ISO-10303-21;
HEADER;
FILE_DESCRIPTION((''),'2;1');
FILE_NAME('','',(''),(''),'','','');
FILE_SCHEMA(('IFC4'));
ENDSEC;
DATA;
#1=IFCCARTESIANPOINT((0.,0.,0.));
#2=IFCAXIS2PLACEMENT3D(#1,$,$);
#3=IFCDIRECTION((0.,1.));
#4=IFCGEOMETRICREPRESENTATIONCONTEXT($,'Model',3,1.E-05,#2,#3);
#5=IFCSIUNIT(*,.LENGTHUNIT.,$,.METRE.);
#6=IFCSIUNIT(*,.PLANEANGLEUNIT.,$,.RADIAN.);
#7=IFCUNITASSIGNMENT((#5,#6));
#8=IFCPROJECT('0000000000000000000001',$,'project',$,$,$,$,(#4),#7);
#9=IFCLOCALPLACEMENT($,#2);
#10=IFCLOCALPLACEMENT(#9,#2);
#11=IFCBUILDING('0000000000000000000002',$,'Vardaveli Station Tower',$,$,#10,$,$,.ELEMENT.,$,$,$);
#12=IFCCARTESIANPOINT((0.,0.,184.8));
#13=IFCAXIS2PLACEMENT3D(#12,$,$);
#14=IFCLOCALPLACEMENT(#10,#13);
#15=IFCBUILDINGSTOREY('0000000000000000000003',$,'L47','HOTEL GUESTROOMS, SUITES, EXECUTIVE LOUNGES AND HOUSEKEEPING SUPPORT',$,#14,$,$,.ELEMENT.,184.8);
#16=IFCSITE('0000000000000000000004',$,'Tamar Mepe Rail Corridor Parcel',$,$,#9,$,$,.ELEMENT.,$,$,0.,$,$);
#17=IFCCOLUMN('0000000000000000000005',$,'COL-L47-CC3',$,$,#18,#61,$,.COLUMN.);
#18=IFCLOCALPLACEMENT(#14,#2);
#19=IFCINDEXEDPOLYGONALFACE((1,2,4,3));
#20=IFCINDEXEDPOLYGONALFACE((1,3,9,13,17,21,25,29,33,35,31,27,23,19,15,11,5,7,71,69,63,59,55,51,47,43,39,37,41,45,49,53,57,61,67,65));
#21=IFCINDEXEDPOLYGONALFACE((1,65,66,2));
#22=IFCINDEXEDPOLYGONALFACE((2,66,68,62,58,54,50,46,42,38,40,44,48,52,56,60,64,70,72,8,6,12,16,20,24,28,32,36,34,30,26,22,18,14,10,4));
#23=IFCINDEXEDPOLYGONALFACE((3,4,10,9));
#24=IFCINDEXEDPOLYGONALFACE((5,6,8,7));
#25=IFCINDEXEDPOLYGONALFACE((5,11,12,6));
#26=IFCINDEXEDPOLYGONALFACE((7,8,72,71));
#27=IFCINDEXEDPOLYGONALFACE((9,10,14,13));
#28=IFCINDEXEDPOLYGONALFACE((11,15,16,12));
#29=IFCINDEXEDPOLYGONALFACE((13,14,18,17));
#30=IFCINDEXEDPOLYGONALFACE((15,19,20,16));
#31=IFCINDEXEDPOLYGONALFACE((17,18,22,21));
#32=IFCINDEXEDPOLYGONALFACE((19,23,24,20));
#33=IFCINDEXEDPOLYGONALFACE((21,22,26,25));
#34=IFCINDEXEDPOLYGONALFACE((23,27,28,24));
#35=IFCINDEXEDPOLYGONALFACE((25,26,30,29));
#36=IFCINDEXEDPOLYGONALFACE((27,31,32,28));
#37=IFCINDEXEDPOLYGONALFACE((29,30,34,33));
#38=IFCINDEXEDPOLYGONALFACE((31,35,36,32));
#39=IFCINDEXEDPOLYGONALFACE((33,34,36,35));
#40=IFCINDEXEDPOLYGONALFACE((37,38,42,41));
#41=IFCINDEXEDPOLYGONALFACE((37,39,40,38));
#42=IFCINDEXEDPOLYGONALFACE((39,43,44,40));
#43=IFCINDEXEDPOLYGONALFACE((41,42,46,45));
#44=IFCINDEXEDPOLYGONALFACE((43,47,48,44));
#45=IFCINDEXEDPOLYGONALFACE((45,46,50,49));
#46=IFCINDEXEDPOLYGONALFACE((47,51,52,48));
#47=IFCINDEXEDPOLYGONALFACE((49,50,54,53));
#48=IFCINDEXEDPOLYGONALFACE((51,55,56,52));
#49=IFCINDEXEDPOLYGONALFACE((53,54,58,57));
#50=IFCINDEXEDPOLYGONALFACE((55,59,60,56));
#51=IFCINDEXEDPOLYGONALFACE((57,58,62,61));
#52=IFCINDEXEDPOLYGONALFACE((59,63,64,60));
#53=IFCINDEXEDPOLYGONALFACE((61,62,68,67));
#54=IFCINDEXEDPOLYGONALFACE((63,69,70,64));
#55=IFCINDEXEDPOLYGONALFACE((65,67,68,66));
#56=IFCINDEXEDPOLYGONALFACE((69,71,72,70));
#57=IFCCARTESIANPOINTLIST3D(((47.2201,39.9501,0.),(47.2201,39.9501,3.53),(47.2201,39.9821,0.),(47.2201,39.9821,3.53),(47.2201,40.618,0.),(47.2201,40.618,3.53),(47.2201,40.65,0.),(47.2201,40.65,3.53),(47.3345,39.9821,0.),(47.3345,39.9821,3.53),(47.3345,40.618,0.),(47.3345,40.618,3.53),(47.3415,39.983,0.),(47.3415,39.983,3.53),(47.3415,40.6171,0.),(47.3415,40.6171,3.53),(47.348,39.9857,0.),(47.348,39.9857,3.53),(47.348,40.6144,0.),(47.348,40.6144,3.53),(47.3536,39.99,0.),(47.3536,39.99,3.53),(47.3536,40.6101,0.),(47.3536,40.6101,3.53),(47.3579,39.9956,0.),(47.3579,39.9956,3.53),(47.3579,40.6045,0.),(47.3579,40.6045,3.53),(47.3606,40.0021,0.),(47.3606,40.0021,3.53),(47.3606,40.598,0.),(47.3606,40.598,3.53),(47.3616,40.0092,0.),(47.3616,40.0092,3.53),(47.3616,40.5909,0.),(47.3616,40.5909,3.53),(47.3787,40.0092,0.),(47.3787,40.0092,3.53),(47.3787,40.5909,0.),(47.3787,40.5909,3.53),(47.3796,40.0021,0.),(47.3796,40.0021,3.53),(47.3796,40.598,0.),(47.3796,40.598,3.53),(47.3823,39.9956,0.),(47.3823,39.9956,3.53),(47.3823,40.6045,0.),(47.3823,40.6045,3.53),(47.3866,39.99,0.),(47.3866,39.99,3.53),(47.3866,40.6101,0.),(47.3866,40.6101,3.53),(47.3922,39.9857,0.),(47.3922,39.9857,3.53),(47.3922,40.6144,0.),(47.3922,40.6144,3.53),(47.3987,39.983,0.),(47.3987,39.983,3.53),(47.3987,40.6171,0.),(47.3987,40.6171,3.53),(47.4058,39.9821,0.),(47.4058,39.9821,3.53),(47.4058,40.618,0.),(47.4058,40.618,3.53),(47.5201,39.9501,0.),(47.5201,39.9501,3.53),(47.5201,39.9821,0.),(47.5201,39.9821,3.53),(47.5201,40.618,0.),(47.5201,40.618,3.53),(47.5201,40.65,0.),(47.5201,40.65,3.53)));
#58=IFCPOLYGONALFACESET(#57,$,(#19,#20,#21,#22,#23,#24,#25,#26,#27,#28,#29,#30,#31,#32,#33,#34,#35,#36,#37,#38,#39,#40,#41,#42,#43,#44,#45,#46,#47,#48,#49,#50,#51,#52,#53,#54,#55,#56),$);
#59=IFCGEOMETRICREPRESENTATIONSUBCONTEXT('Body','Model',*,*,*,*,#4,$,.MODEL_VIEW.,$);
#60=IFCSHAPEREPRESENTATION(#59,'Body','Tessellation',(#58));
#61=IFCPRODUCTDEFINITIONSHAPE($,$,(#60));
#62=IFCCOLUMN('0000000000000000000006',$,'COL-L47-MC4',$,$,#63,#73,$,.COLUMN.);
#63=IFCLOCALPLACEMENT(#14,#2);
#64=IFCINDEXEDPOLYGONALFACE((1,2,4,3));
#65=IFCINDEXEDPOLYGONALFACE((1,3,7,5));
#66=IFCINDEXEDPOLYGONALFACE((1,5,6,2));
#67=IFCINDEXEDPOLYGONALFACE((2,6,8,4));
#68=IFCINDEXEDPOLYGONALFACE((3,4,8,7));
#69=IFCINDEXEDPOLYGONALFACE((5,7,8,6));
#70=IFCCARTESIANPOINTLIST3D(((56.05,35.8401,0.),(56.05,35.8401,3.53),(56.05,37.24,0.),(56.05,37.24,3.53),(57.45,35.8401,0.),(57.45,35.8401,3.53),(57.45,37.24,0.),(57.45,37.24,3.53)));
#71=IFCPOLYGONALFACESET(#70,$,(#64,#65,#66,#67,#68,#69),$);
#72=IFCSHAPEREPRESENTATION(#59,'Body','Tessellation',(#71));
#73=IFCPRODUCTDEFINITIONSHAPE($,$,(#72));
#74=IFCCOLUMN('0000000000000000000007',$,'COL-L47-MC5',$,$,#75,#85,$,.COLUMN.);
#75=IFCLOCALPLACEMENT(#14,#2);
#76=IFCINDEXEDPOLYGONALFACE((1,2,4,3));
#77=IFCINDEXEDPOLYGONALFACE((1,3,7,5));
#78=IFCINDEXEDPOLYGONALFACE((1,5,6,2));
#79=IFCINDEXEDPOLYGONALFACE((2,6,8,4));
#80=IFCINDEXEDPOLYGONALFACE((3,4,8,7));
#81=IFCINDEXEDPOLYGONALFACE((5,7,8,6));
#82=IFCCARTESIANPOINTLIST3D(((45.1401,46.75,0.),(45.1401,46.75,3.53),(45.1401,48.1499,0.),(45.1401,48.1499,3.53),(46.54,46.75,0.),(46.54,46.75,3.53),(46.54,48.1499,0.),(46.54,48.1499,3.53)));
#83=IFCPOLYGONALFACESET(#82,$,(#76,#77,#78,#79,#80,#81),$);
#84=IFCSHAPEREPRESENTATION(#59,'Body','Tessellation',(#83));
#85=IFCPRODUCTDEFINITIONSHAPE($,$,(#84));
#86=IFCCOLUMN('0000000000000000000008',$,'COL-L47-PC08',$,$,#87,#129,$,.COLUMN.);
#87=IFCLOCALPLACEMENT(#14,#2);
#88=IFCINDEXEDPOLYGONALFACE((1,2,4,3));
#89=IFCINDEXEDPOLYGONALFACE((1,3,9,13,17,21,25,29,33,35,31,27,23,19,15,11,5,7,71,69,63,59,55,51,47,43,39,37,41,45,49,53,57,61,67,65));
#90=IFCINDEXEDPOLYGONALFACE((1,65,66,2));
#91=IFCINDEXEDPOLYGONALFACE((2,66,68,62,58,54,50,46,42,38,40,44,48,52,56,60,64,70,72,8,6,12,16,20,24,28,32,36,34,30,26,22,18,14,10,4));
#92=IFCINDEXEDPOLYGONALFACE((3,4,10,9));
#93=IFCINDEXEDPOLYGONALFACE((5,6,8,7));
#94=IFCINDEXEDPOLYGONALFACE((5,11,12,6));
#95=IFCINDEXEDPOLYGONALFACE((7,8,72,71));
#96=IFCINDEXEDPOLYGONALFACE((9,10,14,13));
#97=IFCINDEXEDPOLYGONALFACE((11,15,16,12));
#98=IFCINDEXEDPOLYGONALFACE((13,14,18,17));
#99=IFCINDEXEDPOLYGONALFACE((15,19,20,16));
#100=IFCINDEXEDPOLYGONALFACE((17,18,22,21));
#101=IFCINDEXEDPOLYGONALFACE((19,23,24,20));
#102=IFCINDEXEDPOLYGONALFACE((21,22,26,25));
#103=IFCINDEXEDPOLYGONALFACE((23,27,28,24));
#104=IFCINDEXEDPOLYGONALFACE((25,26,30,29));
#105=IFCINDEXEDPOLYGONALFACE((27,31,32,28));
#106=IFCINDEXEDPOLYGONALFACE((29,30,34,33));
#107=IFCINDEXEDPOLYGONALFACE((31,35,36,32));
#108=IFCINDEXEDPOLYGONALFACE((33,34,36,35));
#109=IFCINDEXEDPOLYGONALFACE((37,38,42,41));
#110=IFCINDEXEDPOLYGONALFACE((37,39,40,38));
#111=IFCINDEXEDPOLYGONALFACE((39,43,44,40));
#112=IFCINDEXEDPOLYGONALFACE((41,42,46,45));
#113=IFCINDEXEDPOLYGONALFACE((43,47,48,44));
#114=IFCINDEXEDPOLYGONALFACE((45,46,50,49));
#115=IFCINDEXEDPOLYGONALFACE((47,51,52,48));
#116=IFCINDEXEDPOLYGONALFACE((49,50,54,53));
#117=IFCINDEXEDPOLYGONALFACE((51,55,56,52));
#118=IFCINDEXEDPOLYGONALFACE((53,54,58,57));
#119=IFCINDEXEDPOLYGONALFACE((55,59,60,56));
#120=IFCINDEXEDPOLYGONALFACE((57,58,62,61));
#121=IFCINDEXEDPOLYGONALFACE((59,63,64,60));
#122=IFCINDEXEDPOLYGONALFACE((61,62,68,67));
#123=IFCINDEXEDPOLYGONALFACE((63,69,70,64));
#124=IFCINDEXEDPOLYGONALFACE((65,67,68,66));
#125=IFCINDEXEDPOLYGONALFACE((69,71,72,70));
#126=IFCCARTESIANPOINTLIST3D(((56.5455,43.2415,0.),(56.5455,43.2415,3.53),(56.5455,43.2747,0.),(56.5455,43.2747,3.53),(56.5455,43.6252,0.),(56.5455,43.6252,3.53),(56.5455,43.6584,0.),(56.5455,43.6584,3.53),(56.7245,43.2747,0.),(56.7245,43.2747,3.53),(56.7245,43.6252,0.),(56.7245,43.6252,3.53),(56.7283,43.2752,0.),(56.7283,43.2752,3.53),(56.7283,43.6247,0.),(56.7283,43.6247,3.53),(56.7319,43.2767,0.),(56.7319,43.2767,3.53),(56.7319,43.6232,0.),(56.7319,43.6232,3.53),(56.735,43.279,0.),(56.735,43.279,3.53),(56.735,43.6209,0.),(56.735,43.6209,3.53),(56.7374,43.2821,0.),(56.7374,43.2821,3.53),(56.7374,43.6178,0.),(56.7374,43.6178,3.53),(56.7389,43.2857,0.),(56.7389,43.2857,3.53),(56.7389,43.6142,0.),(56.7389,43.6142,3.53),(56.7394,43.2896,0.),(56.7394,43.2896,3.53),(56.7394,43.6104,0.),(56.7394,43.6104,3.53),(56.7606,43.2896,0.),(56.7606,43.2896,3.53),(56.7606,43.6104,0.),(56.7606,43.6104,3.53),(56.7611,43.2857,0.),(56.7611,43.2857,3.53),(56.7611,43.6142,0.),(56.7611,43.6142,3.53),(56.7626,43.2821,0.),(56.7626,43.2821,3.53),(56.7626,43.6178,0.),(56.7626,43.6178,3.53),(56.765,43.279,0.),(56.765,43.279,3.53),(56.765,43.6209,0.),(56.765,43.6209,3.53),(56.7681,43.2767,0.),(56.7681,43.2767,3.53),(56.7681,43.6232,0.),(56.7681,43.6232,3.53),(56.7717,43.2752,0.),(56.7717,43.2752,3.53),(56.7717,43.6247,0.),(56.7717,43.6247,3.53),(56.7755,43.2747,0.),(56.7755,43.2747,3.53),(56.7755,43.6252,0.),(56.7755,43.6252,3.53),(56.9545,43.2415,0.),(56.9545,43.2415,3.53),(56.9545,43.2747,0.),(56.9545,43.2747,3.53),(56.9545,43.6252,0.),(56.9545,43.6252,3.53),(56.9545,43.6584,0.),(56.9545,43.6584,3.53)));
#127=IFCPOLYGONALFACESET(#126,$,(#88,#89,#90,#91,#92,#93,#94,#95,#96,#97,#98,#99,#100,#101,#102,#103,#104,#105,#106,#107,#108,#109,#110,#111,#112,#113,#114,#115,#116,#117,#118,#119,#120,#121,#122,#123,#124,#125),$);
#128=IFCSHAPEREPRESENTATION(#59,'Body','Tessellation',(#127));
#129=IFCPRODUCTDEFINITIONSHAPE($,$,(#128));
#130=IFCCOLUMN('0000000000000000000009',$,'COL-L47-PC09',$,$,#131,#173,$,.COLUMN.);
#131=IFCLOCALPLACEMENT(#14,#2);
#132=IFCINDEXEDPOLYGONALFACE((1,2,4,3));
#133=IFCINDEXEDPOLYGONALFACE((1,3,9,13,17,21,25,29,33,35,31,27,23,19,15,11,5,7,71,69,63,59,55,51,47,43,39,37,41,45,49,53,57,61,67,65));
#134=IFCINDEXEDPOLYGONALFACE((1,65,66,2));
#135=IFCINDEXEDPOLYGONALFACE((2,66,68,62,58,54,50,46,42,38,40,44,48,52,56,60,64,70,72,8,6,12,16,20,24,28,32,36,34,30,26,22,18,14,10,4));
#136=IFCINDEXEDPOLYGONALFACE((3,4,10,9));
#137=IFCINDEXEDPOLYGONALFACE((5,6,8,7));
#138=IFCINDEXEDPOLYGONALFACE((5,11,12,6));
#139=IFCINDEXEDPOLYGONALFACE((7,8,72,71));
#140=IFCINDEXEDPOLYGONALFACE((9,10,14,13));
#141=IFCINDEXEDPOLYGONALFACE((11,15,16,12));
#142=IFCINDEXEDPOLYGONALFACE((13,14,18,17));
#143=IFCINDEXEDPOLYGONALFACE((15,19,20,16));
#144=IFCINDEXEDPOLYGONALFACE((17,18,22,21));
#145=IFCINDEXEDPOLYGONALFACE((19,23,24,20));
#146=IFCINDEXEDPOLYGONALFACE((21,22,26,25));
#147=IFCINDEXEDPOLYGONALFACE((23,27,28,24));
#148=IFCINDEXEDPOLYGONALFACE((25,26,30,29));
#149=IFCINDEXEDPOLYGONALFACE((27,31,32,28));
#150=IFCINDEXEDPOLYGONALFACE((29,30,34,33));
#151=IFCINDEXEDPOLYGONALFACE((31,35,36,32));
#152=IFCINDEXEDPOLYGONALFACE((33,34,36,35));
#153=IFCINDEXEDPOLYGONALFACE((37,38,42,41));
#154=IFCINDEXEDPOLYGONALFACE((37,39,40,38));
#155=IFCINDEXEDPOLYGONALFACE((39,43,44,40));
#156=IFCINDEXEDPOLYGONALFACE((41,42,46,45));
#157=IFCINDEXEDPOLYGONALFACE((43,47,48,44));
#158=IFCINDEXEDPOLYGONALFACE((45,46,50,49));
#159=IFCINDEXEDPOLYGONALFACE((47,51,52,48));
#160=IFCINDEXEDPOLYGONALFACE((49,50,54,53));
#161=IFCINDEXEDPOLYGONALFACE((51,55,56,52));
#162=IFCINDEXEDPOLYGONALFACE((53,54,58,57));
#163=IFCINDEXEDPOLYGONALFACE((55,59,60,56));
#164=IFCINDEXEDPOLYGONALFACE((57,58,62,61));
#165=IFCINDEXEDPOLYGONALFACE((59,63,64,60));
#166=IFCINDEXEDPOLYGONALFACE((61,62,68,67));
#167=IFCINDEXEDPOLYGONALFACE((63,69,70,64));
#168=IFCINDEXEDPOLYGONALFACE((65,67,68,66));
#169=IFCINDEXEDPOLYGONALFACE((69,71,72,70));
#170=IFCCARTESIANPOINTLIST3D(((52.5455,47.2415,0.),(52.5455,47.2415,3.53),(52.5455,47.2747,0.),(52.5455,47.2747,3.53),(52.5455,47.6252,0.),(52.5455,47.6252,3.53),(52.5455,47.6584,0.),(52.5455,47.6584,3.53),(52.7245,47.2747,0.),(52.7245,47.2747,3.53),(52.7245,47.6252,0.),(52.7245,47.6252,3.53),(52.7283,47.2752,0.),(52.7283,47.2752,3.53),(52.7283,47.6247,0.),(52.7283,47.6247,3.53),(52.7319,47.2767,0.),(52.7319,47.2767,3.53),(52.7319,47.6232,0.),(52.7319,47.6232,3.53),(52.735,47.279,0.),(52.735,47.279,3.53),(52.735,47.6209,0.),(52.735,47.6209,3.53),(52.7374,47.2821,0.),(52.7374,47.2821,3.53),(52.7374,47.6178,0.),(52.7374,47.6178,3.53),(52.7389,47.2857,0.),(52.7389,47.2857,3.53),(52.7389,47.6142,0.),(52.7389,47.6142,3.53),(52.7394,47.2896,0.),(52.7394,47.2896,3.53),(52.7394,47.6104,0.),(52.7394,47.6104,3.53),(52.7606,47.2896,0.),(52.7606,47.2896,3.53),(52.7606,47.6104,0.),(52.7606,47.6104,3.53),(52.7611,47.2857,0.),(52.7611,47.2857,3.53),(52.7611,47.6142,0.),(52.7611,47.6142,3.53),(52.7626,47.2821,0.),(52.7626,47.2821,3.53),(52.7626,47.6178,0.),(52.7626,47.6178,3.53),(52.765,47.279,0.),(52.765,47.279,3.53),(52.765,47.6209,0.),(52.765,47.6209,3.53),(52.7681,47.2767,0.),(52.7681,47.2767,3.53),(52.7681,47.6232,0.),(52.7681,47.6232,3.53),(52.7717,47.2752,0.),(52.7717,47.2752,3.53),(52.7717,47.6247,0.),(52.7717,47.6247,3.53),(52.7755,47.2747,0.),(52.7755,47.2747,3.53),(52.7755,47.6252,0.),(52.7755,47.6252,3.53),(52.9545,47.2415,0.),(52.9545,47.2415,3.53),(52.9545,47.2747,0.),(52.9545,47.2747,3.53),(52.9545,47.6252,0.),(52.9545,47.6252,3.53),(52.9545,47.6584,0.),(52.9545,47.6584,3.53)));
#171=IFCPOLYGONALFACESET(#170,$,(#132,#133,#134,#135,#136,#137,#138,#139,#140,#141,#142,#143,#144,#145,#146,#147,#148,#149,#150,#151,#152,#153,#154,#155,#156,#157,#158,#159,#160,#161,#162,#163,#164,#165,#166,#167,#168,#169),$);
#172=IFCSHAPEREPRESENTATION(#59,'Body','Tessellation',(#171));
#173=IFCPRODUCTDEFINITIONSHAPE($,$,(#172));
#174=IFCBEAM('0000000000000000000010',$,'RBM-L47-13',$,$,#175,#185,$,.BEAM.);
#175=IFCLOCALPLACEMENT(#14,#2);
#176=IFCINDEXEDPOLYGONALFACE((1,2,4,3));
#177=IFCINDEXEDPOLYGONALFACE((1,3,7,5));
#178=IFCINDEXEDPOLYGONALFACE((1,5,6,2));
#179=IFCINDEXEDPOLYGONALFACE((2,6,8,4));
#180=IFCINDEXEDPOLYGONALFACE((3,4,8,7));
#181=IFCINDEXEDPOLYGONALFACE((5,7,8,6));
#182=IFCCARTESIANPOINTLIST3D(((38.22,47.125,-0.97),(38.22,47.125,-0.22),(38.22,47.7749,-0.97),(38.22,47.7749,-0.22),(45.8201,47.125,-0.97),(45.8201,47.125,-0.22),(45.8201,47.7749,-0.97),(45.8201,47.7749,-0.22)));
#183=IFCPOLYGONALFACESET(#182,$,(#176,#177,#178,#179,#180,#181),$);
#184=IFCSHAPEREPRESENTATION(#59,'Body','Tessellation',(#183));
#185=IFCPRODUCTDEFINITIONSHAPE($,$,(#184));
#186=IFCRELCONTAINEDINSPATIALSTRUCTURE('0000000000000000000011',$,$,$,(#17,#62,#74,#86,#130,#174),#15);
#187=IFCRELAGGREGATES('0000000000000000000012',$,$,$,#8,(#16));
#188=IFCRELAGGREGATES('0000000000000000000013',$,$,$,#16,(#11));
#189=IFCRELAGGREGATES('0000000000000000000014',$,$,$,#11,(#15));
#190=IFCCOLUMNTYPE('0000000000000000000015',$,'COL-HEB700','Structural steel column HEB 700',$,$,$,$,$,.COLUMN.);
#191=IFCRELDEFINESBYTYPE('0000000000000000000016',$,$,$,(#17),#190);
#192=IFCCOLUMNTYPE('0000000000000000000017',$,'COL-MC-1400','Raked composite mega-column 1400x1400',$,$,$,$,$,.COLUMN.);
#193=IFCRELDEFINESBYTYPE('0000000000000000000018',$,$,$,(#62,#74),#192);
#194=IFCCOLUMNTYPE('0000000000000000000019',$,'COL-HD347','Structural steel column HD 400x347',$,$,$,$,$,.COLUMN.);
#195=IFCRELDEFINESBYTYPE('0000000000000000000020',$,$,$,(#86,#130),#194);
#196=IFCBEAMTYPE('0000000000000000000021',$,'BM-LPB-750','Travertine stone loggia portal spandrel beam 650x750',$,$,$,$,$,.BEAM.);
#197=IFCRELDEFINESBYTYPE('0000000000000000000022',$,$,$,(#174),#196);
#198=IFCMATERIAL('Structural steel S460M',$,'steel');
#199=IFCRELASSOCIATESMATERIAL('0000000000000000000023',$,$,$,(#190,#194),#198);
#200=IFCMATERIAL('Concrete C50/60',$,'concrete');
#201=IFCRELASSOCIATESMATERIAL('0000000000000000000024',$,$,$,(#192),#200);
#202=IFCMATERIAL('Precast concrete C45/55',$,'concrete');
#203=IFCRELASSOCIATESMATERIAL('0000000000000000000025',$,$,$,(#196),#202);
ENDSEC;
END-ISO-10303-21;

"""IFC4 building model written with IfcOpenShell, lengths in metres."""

from ifc_helpers import new_model, si_unit, direction, frame, origin, origin_2d, place, context, subcontext, project, spatial, rectangle, i_section, extrude, source, transform, mapped, material, material_profile, profile_set, type_object, element, save


model = new_model("IFC4")

# Units and contexts
model_context = context("Model", 3, precision=1e-05, world=origin(), true_north=direction((0.0, 1.0)))
body_context = subcontext(model_context, "Body", "Model", "MODEL_VIEW")
ifc_project = project(units=[si_unit("LENGTHUNIT", "METRE"), si_unit("PLANEANGLEUNIT", "RADIAN")], contexts=[model_context])

# Site, building, storey
site_placement = place(None, origin())
site = spatial("IfcSite", under=ifc_project, at=site_placement, Name="Tamar Mepe Rail Corridor Parcel", CompositionType="ELEMENT", RefElevation=0.0)
building_placement = place(site_placement, origin())
building = spatial("IfcBuilding", under=site, at=building_placement, Name="Vardaveli Station Tower", CompositionType="ELEMENT")
storey_placement = place(building_placement, frame((0.0, 0.0, 184.8)))
storey = spatial("IfcBuildingStorey", under=building, at=storey_placement, Name="L47", Description="HOTEL GUESTROOMS, SUITES, EXECUTIVE LOUNGES AND HOUSEKEEPING SUPPORT", CompositionType="ELEMENT", Elevation=184.8)

# Columns
ifc_material_1 = material(Name="Structural steel S460M", Category="steel")
ifc_material_profile_1 = material_profile(ifc_material_1, i_section(OverallWidth=0.3, OverallDepth=0.7, WebThickness=0.0171, FlangeThickness=0.032, FilletRadius=0.0271, at=origin_2d()), Name="HEB 700")
ifc_profile_set_1 = profile_set([ifc_material_profile_1], Name="Structural steel S460M")
column_type_1 = type_object("IfcColumnType", Name="COL-HEB700", Description="Structural steel column HEB 700", PredefinedType="COLUMN", material=ifc_profile_set_1)
shared_shape_1 = source(origin(), body_context, "Body", "SweptSolid", [
    extrude(i_section(OverallWidth=0.3, OverallDepth=0.7, WebThickness=0.0171, FlangeThickness=0.032, FilletRadius=0.0271, at=origin_2d()), origin(), (0.0, 0.0, 1.0), 3.53),
])
column_placement = place(storey_placement, frame((47.3701, 40.3, 0.0), z_axis=(0.0, 0.0, 1.0), x_axis=(1.0, 0.0, 0.0)))
element("IfcColumn", 1, at=column_placement, inside=storey, type_object=column_type_1, Name="COL-L47-CC3", PredefinedType="COLUMN", context=body_context, shape_type="MappedRepresentation", body=[
    mapped(shared_shape_1, transform((0.0, 0.0, 0.0), scale=1.0)),
])
ifc_material_2 = material(Name="Concrete C50/60", Category="concrete")
ifc_material_profile_2 = material_profile(ifc_material_2, rectangle(XDim=1.3999, YDim=1.3999, at=origin_2d()), Name="MC 1400x1400")
ifc_profile_set_2 = profile_set([ifc_material_profile_2], Name="Concrete C50/60")
column_type_2 = type_object("IfcColumnType", Name="COL-MC-1400", Description="Raked composite mega-column 1400x1400", PredefinedType="COLUMN", material=ifc_profile_set_2)
shared_shape_2 = source(origin(), body_context, "Body", "SweptSolid", [
    extrude(rectangle(XDim=1.3999, YDim=1.3999, at=origin_2d()), origin(), (0.0, 0.0, 1.0), 3.53),
])
for number, where, z_axis, x_axis, name in (
    (2, (56.75, 36.54, 0.0), (0.0, 0.0, 1.0), (1.0, 0.0, 0.0), "COL-L47-MC4"),
    (3, (45.8401, 47.45, 0.0), (0.0, 0.0, 1.0), (1.0, 0.0, 0.0), "COL-L47-MC5"),
):
    element("IfcColumn", number, at=place(storey_placement, frame(where, z_axis=z_axis, x_axis=x_axis)), inside=storey, type_object=column_type_2, Name=name, PredefinedType="COLUMN", context=body_context, shape_type="MappedRepresentation", body=[
        mapped(shared_shape_2, transform((0.0, 0.0, 0.0), scale=1.0)),
    ])
ifc_material_profile_3 = material_profile(ifc_material_1, i_section(OverallWidth=0.4089, OverallDepth=0.417, WebThickness=0.0212, FlangeThickness=0.0332, FilletRadius=0.0149, at=origin_2d()), Name="HD 400x347")
ifc_profile_set_3 = profile_set([ifc_material_profile_3], Name="Structural steel S460M")
column_type_3 = type_object("IfcColumnType", Name="COL-HD347", Description="Structural steel column HD 400x347", PredefinedType="COLUMN", material=ifc_profile_set_3)
shared_shape_3 = source(origin(), body_context, "Body", "SweptSolid", [
    extrude(i_section(OverallWidth=0.4089, OverallDepth=0.417, WebThickness=0.0212, FlangeThickness=0.0332, FilletRadius=0.0149, at=origin_2d()), origin(), (0.0, 0.0, 1.0), 3.53),
])
for number, where, z_axis, x_axis, name in (
    (4, (56.75, 43.45, 0.0), (0.0, 0.0, 1.0), (1.0, 0.0, 0.0), "COL-L47-PC08"),
    (5, (52.75, 47.45, 0.0), (0.0, 0.0, 1.0), (1.0, 0.0, 0.0), "COL-L47-PC09"),
):
    element("IfcColumn", number, at=place(storey_placement, frame(where, z_axis=z_axis, x_axis=x_axis)), inside=storey, type_object=column_type_3, Name=name, PredefinedType="COLUMN", context=body_context, shape_type="MappedRepresentation", body=[
        mapped(shared_shape_3, transform((0.0, 0.0, 0.0), scale=1.0)),
    ])

# Beam
ifc_material_3 = material(Name="Precast concrete C45/55", Category="concrete")
ifc_material_profile_4 = material_profile(ifc_material_3, rectangle(XDim=0.6499, YDim=0.75, at=origin_2d()), Name="LPB 650x750")
ifc_profile_set_4 = profile_set([ifc_material_profile_4], Name="Precast concrete C45/55")
beam_type = type_object("IfcBeamType", Name="BM-LPB-750", Description="Travertine stone loggia portal spandrel beam 650x750", PredefinedType="BEAM", material=ifc_profile_set_4)
shared_shape_4 = source(origin(), body_context, "Body", "SweptSolid", [
    extrude(rectangle(XDim=0.6499, YDim=0.75, at=origin_2d()), origin(), (0.0, 0.0, 1.0), 7.6001),
])
beam_1_placement = place(storey_placement, frame((45.8201, 47.45, -0.595), z_axis=(-1.0, 0.0, 0.0), x_axis=(0.0, -1.0, 0.0)))
element("IfcBeam", 6, at=beam_1_placement, inside=storey, type_object=beam_type, Name="RBM-L47-13", PredefinedType="BEAM", context=body_context, shape_type="MappedRepresentation", body=[
    mapped(shared_shape_4, transform((0.0, 0.0, 0.0), scale=1.0)),
])

save(model, "model.ifc")
